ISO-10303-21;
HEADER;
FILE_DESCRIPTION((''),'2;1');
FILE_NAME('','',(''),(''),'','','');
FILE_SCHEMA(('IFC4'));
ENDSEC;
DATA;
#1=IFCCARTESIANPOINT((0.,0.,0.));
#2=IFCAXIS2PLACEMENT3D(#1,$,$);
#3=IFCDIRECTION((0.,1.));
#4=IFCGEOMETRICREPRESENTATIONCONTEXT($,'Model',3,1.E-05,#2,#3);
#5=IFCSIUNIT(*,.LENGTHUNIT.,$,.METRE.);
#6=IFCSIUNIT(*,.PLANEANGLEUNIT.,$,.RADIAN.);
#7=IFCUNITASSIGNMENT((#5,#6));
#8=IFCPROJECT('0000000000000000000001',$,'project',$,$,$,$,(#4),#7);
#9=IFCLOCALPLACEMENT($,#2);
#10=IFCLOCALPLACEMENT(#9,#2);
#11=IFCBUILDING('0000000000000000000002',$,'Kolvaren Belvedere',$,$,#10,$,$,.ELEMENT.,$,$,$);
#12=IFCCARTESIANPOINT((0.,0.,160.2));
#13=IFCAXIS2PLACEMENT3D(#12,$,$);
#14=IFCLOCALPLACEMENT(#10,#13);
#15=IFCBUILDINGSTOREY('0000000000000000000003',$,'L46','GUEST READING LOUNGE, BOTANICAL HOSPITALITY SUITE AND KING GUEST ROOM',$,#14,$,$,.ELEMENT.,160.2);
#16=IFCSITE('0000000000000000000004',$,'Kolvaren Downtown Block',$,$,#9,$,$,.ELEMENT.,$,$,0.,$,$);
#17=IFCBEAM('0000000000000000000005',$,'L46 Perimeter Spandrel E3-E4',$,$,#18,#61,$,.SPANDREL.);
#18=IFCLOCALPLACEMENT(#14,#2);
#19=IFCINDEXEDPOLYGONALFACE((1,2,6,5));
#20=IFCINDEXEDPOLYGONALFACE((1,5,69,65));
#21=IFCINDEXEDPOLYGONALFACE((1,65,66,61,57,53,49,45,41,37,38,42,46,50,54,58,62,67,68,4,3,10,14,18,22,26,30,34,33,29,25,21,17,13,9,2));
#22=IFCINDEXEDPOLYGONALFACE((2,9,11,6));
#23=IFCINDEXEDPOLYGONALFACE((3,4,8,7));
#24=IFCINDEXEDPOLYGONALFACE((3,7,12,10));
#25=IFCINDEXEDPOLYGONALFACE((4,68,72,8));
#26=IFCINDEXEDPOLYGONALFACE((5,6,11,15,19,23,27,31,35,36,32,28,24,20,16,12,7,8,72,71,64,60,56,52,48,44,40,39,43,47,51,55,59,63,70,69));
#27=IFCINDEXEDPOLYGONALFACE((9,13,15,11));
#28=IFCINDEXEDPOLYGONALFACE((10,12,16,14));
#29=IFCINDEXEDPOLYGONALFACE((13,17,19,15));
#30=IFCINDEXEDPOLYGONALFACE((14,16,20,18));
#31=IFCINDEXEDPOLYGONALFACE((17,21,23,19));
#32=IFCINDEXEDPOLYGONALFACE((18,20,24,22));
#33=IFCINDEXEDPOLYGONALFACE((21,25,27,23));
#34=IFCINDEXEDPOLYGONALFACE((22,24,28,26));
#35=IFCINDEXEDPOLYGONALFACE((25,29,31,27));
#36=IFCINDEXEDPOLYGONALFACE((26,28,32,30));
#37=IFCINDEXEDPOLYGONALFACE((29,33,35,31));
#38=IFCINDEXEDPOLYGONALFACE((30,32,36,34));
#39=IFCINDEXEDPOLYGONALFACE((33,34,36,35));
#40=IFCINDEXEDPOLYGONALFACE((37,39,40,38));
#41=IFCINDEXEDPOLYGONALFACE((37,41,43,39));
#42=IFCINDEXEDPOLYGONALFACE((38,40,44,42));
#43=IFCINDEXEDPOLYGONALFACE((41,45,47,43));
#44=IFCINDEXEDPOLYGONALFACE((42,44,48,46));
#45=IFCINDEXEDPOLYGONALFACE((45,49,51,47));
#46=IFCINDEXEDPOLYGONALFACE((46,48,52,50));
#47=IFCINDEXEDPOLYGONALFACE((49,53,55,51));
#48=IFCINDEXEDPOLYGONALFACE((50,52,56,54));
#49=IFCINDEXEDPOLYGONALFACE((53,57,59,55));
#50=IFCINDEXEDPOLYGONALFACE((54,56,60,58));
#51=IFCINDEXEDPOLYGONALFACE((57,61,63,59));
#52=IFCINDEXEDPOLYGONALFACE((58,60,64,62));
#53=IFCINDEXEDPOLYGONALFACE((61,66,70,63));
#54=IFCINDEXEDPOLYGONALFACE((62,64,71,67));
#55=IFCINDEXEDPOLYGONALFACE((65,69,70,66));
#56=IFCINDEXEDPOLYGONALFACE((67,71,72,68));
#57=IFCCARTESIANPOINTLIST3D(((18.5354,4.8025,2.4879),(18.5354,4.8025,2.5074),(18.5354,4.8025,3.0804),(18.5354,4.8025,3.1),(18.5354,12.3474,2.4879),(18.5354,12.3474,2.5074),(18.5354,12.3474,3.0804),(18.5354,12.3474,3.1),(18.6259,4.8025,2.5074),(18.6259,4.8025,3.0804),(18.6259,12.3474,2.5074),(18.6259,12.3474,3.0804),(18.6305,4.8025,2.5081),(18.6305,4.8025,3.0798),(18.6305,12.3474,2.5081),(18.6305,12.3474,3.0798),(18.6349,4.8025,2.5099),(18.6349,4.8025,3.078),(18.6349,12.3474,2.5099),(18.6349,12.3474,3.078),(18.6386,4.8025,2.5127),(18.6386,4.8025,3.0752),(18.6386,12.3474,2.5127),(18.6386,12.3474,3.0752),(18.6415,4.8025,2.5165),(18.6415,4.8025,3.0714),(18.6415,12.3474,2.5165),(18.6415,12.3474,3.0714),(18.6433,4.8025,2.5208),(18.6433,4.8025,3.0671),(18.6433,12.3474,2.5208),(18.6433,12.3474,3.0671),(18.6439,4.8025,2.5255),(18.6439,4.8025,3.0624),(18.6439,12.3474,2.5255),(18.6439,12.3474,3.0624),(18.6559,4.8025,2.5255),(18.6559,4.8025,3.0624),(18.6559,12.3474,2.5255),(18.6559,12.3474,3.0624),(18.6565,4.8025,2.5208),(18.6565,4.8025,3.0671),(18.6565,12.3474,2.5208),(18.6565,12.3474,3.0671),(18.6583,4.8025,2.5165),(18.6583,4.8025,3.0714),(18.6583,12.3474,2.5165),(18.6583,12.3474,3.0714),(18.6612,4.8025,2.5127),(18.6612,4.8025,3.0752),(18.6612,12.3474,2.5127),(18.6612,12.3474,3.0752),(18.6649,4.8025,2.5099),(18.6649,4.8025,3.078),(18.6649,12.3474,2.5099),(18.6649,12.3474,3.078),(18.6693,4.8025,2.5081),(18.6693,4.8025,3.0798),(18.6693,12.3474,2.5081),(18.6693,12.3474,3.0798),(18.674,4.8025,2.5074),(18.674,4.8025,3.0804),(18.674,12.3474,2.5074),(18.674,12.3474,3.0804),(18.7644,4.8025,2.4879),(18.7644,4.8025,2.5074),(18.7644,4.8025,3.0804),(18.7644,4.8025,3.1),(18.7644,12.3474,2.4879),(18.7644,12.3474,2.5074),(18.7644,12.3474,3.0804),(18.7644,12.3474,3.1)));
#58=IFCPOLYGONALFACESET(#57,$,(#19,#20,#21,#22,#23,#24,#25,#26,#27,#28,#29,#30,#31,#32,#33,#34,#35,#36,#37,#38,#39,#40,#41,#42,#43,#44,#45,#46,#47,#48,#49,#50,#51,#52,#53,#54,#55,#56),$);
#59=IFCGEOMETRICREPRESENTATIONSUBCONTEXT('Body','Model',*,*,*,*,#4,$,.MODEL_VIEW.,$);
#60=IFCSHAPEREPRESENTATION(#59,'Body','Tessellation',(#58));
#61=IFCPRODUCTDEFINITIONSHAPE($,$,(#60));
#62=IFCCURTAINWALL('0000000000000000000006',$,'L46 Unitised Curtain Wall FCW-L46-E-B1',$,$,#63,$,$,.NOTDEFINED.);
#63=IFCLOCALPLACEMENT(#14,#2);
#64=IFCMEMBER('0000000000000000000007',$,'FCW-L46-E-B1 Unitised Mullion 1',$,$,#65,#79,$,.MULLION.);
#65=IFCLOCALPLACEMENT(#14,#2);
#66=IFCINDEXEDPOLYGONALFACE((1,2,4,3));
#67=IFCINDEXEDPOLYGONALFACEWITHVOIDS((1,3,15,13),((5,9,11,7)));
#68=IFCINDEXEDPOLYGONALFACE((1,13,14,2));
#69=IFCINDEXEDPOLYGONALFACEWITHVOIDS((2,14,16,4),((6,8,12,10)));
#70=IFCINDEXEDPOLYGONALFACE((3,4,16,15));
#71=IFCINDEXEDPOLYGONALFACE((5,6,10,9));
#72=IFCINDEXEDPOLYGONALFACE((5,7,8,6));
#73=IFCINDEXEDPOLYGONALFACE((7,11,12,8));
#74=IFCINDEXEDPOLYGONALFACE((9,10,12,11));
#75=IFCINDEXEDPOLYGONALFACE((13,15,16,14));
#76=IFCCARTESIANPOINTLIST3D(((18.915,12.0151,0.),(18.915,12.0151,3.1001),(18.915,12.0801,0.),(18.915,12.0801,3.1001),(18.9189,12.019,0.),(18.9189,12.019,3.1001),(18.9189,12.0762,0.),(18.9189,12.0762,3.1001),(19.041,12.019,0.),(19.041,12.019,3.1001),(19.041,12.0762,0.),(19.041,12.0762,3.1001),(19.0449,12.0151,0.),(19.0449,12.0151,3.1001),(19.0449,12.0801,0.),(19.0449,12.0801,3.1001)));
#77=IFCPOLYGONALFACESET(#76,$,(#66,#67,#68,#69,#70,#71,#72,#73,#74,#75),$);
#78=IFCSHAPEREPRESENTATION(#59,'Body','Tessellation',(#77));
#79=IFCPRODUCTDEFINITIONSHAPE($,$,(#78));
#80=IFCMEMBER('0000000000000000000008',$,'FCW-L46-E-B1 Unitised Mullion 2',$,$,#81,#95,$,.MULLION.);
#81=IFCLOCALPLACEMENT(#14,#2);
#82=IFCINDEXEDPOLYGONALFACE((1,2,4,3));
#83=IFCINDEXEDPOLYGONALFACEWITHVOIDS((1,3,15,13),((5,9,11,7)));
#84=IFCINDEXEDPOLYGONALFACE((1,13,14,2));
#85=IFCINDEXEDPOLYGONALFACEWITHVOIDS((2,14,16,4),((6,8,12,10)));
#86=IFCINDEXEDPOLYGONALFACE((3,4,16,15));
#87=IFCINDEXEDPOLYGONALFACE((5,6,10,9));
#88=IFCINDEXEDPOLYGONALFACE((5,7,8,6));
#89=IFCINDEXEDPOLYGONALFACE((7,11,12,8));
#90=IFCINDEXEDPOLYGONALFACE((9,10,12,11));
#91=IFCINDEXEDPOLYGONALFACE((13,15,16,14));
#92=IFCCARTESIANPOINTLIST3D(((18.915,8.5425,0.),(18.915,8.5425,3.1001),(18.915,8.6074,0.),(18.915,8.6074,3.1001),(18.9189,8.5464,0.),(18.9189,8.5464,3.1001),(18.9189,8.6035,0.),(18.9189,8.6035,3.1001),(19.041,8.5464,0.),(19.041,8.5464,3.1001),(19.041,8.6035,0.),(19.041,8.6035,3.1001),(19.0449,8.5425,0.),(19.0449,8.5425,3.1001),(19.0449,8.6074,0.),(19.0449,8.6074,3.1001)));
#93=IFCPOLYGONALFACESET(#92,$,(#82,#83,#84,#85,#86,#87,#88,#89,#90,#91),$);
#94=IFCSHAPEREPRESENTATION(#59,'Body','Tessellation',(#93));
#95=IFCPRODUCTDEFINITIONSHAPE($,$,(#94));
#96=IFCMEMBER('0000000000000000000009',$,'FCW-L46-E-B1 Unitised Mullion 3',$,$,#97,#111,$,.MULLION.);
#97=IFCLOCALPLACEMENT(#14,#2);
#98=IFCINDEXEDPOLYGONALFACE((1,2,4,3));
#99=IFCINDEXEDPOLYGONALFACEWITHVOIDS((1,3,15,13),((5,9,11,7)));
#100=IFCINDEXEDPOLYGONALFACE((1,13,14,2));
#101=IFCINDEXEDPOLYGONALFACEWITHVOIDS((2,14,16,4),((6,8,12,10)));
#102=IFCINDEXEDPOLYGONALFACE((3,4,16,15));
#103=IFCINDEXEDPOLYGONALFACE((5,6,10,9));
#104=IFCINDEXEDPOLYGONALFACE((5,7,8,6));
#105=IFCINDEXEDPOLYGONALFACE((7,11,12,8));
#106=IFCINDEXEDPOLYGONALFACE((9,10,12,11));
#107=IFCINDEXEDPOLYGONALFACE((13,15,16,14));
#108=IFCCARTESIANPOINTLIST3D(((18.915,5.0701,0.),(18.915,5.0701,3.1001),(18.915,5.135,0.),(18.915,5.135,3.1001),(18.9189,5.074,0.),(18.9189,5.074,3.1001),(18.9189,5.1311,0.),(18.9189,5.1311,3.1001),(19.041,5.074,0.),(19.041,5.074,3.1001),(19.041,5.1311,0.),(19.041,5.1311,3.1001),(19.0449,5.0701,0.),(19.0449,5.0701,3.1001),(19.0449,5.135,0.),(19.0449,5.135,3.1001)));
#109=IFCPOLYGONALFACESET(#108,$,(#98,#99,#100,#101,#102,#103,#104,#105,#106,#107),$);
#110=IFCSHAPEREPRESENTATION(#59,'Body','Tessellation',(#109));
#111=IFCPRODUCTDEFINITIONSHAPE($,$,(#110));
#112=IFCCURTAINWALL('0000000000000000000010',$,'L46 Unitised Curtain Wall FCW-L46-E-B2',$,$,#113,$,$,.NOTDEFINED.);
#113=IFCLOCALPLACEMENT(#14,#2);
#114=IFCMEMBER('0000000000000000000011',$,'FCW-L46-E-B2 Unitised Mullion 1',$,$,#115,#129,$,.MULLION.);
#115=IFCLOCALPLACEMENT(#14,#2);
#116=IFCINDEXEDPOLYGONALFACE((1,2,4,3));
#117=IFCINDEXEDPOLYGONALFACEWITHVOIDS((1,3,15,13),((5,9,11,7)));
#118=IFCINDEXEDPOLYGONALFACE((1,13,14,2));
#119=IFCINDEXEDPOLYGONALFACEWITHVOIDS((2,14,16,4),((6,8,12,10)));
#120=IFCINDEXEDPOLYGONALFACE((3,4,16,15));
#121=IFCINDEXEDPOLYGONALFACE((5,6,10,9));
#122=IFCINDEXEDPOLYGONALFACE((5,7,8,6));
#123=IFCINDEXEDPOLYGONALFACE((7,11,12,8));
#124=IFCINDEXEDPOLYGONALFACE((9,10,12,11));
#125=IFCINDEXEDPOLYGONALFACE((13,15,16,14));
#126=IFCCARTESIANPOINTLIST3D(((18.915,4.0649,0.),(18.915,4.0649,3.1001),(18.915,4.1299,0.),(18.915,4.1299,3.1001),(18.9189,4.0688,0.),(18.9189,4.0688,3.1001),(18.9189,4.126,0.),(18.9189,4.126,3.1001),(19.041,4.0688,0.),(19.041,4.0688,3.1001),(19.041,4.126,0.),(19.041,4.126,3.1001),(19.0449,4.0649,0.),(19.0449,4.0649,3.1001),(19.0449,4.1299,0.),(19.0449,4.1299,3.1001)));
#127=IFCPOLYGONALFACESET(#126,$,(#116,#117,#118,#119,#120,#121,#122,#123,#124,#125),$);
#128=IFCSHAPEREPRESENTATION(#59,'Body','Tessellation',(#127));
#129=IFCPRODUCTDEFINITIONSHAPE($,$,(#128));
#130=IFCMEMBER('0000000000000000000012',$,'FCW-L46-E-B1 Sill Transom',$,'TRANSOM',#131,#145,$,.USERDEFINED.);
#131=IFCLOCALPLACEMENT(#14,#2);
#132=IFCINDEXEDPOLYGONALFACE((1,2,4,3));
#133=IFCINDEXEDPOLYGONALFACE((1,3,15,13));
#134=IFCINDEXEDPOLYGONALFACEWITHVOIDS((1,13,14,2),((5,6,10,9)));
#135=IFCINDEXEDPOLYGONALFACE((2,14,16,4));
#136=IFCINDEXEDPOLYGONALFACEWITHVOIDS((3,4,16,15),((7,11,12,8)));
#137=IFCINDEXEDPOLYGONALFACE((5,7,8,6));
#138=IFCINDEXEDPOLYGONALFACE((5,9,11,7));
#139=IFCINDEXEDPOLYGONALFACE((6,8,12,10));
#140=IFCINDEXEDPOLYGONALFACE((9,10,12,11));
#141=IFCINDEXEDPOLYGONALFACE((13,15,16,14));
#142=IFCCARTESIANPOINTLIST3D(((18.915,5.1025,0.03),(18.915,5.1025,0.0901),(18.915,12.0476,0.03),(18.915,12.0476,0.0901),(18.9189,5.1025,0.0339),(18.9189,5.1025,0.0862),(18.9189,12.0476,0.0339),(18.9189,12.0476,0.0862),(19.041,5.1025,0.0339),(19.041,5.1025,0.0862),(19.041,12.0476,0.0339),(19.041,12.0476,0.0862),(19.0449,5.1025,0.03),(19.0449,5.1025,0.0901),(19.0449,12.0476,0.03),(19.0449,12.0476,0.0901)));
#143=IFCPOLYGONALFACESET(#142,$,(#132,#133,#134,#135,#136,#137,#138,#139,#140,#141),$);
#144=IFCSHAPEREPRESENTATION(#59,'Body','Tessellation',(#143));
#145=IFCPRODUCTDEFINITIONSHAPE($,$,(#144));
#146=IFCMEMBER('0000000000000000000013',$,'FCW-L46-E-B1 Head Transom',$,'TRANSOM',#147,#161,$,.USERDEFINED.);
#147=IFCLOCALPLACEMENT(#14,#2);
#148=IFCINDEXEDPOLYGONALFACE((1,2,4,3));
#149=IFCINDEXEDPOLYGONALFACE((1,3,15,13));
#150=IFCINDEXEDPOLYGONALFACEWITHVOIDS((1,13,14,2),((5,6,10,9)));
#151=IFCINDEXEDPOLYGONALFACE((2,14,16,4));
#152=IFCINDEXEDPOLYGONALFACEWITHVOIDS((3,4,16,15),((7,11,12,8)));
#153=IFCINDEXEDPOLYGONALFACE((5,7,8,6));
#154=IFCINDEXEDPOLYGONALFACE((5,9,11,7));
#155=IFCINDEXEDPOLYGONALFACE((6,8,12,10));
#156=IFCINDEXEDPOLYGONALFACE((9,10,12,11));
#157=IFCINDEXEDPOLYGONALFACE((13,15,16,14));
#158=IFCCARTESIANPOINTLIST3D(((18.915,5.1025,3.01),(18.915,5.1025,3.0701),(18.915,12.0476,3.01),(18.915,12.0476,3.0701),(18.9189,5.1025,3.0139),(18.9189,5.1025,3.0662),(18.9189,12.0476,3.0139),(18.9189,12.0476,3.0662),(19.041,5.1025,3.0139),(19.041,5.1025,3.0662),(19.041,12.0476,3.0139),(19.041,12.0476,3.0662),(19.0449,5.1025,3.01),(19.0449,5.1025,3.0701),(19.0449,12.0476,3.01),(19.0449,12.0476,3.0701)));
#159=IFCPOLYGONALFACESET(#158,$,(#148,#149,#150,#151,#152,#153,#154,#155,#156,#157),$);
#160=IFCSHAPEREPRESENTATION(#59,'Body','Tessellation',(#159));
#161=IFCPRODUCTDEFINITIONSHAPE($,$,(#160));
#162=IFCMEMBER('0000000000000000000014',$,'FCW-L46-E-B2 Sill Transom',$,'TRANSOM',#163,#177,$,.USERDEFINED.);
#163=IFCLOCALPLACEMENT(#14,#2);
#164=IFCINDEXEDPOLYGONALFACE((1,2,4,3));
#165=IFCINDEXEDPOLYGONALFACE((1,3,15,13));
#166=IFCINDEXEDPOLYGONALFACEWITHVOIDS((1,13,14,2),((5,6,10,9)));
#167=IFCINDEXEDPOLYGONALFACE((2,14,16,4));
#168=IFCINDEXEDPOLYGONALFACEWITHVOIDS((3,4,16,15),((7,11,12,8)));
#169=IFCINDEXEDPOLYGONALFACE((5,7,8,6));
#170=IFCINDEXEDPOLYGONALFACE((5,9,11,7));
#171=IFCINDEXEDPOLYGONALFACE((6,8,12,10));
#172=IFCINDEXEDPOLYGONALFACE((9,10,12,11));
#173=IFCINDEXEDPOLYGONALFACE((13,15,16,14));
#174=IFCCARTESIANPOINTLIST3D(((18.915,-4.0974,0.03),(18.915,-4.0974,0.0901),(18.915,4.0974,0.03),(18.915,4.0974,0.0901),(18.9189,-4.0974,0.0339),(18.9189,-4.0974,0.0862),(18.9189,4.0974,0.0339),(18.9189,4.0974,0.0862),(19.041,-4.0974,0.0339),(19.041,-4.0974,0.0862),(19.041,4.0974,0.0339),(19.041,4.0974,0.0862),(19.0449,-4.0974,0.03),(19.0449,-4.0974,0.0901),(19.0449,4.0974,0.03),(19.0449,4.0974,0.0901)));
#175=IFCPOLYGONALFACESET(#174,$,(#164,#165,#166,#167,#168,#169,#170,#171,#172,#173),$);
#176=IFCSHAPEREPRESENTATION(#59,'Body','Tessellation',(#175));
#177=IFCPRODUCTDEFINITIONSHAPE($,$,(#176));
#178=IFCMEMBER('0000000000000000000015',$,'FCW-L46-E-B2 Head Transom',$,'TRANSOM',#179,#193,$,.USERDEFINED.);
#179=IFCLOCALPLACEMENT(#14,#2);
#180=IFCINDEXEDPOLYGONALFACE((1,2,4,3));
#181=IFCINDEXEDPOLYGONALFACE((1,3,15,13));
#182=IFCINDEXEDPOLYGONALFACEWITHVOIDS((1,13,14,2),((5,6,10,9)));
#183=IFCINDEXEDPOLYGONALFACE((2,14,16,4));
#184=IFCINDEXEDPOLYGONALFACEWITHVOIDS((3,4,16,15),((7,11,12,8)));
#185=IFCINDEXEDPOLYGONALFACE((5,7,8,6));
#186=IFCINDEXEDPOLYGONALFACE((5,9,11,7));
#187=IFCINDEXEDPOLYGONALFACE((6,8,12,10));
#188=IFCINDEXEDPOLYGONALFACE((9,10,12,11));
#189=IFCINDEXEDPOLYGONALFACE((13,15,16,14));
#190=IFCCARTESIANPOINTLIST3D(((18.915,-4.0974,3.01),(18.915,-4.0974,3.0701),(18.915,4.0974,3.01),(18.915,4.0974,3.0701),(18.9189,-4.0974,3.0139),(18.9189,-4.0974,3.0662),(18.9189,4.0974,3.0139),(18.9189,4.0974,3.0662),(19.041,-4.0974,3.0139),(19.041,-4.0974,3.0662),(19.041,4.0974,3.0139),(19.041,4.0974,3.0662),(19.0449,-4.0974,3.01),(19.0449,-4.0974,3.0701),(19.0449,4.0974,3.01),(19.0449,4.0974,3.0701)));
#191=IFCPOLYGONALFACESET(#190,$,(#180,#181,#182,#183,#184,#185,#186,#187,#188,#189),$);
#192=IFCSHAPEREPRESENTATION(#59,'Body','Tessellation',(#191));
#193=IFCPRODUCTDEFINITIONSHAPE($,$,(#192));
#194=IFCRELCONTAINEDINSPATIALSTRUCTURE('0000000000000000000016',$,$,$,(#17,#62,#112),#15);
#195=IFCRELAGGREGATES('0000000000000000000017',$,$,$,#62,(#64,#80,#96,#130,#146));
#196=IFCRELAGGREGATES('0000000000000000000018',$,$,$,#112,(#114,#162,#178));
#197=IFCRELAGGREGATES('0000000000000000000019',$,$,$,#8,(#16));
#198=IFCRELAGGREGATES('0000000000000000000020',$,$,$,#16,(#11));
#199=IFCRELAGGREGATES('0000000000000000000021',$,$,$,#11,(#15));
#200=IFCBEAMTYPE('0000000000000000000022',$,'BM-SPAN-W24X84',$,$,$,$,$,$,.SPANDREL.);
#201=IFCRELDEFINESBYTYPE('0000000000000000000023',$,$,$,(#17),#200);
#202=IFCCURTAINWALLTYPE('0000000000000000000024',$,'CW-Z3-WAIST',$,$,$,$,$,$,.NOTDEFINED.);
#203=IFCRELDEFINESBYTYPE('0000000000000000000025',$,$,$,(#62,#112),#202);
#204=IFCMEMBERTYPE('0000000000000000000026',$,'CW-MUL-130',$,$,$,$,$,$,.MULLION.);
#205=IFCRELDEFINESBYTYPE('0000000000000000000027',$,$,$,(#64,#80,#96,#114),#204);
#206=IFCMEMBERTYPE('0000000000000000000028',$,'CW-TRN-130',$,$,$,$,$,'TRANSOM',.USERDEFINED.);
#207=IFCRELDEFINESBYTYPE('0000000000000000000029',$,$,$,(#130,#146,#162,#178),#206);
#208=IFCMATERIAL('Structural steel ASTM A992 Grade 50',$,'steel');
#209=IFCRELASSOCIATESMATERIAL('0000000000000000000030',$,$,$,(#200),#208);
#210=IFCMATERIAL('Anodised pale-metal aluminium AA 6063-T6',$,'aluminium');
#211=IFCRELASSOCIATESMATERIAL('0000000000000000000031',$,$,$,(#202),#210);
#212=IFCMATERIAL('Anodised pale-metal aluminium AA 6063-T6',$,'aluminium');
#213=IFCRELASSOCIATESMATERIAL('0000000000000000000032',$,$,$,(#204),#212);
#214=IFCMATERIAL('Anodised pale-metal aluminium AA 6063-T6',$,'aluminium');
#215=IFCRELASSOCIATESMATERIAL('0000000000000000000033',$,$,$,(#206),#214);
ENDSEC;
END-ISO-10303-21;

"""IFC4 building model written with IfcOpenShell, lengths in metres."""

from ifc_helpers import new_model, si_unit, direction, frame, origin, origin_2d, place, context, subcontext, project, spatial, hollow_rectangle, i_section, extrude, material, material_profile, profile_set, type_object, element, aggregate, save


model = new_model("IFC4")

# Units and contexts
model_context = context("Model", 3, precision=1e-05, world=origin(), true_north=direction((0.0, 1.0)))
body_context = subcontext(model_context, "Body", "Model", "MODEL_VIEW")
ifc_project = project(units=[si_unit("LENGTHUNIT", "METRE"), si_unit("PLANEANGLEUNIT", "RADIAN")], contexts=[model_context])

# Site, building, storey
site_placement = place(None, origin())
site = spatial("IfcSite", under=ifc_project, at=site_placement, Name="Kolvaren Downtown Block", CompositionType="ELEMENT", RefElevation=0.0)
building_placement = place(site_placement, origin())
building = spatial("IfcBuilding", under=site, at=building_placement, Name="Kolvaren Belvedere", CompositionType="ELEMENT")
storey_placement = place(building_placement, frame((0.0, 0.0, 160.2)))
storey = spatial("IfcBuildingStorey", under=building, at=storey_placement, Name="L46", Description="GUEST READING LOUNGE, BOTANICAL HOSPITALITY SUITE AND KING GUEST ROOM", CompositionType="ELEMENT", Elevation=160.2)

# Beam
ifc_material_1 = material(Name="Structural steel ASTM A992 Grade 50", Category="steel")
ifc_material_profile_1 = material_profile(ifc_material_1, i_section(OverallWidth=0.229, OverallDepth=0.6121, WebThickness=0.012, FlangeThickness=0.0195, FilletRadius=0.0181, at=origin_2d()), Name="W24X84")
ifc_profile_set_1 = profile_set([ifc_material_profile_1], Name="Structural steel ASTM A992 Grade 50")
beam_type_1 = type_object("IfcBeamType", Name="BM-SPAN-W24X84", PredefinedType="SPANDREL", material=ifc_profile_set_1)
beam_1_placement = place(storey_placement, frame((18.6499, 4.8025, 2.7939), z_axis=(0.0, 1.0, 0.0), x_axis=(-1.0, 0.0, 0.0)))
element("IfcBeam", 1, at=beam_1_placement, inside=storey, type_object=beam_type_1, Name="L46 Perimeter Spandrel E3-E4", PredefinedType="SPANDREL", context=body_context, shape_type="SweptSolid", body=[
    extrude(i_section(OverallWidth=0.229, OverallDepth=0.6121, WebThickness=0.012, FlangeThickness=0.0195, FilletRadius=0.0181, at=origin_2d()), origin(), (0.0, 0.0, 1.0), 7.5449),
])

# Curtain wall, members
ifc_material_2 = material(Name="Anodised pale-metal aluminium AA 6063-T6", Category="aluminium")
curtain_wall_type = type_object("IfcCurtainWallType", Name="CW-Z3-WAIST", PredefinedType="NOTDEFINED", material=ifc_material_2)
curtain_wall_1_placement = place(storey_placement, origin())
curtain_wall_1 = element("IfcCurtainWall", 2, at=curtain_wall_1_placement, inside=storey, type_object=curtain_wall_type, Name="L46 Unitised Curtain Wall FCW-L46-E-B1", PredefinedType="NOTDEFINED")
ifc_material_3 = material(Name="Anodised pale-metal aluminium AA 6063-T6", Category="aluminium")
ifc_material_profile_2 = material_profile(ifc_material_3, hollow_rectangle(XDim=0.0649, YDim=0.1299, WallThickness=0.0039, at=origin_2d()), Name="ALU-MUL-130X65")
ifc_profile_set_2 = profile_set([ifc_material_profile_2], Name="Anodised pale-metal aluminium AA 6063-T6")
member_type_1 = type_object("IfcMemberType", Name="CW-MUL-130", PredefinedType="MULLION", material=ifc_profile_set_2)
member_1_placement = place(storey_placement, frame((18.98, 12.0476, 0.0), z_axis=(0.0, 0.0, 1.0), x_axis=(0.0, 1.0, 0.0)))
member_1 = element("IfcMember", 3, at=member_1_placement, type_object=member_type_1, Name="FCW-L46-E-B1 Unitised Mullion 1", PredefinedType="MULLION", context=body_context, shape_type="SweptSolid", body=[
    extrude(hollow_rectangle(XDim=0.0649, YDim=0.1299, WallThickness=0.0039, at=origin_2d()), origin(), (0.0, 0.0, 1.0), 3.1001),
])
member_2_placement = place(storey_placement, frame((18.98, 8.575, 0.0), z_axis=(0.0, 0.0, 1.0), x_axis=(0.0, 1.0, 0.0)))
member_2 = element("IfcMember", 4, at=member_2_placement, type_object=member_type_1, Name="FCW-L46-E-B1 Unitised Mullion 2", PredefinedType="MULLION", context=body_context, shape_type="SweptSolid", body=[
    extrude(hollow_rectangle(XDim=0.0649, YDim=0.1299, WallThickness=0.0039, at=origin_2d()), origin(), (0.0, 0.0, 1.0), 3.1001),
])
member_3_placement = place(storey_placement, frame((18.98, 5.1025, 0.0), z_axis=(0.0, 0.0, 1.0), x_axis=(0.0, 1.0, 0.0)))
member_3 = element("IfcMember", 5, at=member_3_placement, type_object=member_type_1, Name="FCW-L46-E-B1 Unitised Mullion 3", PredefinedType="MULLION", context=body_context, shape_type="SweptSolid", body=[
    extrude(hollow_rectangle(XDim=0.0649, YDim=0.1299, WallThickness=0.0039, at=origin_2d()), origin(), (0.0, 0.0, 1.0), 3.1001),
])

# Curtain wall, member
curtain_wall_2_placement = place(storey_placement, origin())
curtain_wall_2 = element("IfcCurtainWall", 6, at=curtain_wall_2_placement, inside=storey, type_object=curtain_wall_type, Name="L46 Unitised Curtain Wall FCW-L46-E-B2", PredefinedType="NOTDEFINED")
member_4_placement = place(storey_placement, frame((18.98, 4.0974, 0.0), z_axis=(0.0, 0.0, 1.0), x_axis=(0.0, 1.0, 0.0)))
member_4 = element("IfcMember", 7, at=member_4_placement, type_object=member_type_1, Name="FCW-L46-E-B2 Unitised Mullion 1", PredefinedType="MULLION", context=body_context, shape_type="SweptSolid", body=[
    extrude(hollow_rectangle(XDim=0.0649, YDim=0.1299, WallThickness=0.0039, at=origin_2d()), origin(), (0.0, 0.0, 1.0), 3.1001),
])

# Members
ifc_material_4 = material(Name="Anodised pale-metal aluminium AA 6063-T6", Category="aluminium")
ifc_material_profile_3 = material_profile(ifc_material_4, hollow_rectangle(XDim=0.0601, YDim=0.1299, WallThickness=0.0039, at=origin_2d()), Name="ALU-TRN-130X60")
ifc_profile_set_3 = profile_set([ifc_material_profile_3], Name="Anodised pale-metal aluminium AA 6063-T6")
member_type_2 = type_object("IfcMemberType", Name="CW-TRN-130", ElementType="TRANSOM", PredefinedType="USERDEFINED", material=ifc_profile_set_3)
member_5_placement = place(storey_placement, frame((18.98, 12.0476, 0.0601), z_axis=(0.0, -1.0, 0.0), x_axis=(0.0, 0.0, 1.0)))
member_5 = element("IfcMember", 8, at=member_5_placement, type_object=member_type_2, Name="FCW-L46-E-B1 Sill Transom", ObjectType="TRANSOM", PredefinedType="USERDEFINED", context=body_context, shape_type="SweptSolid", body=[
    extrude(hollow_rectangle(XDim=0.0601, YDim=0.1299, WallThickness=0.0039, at=origin_2d()), origin(), (0.0, 0.0, 1.0), 6.9451),
])
member_6_placement = place(storey_placement, frame((18.98, 12.0476, 3.04), z_axis=(0.0, -1.0, 0.0), x_axis=(0.0, 0.0, 1.0)))
member_6 = element("IfcMember", 9, at=member_6_placement, type_object=member_type_2, Name="FCW-L46-E-B1 Head Transom", ObjectType="TRANSOM", PredefinedType="USERDEFINED", context=body_context, shape_type="SweptSolid", body=[
    extrude(hollow_rectangle(XDim=0.0601, YDim=0.1299, WallThickness=0.0039, at=origin_2d()), origin(), (0.0, 0.0, 1.0), 6.9451),
])
member_7_placement = place(storey_placement, frame((18.98, 4.0974, 0.0601), z_axis=(0.0, -1.0, 0.0), x_axis=(0.0, 0.0, 1.0)))
member_7 = element("IfcMember", 10, at=member_7_placement, type_object=member_type_2, Name="FCW-L46-E-B2 Sill Transom", ObjectType="TRANSOM", PredefinedType="USERDEFINED", context=body_context, shape_type="SweptSolid", body=[
    extrude(hollow_rectangle(XDim=0.0601, YDim=0.1299, WallThickness=0.0039, at=origin_2d()), origin(), (0.0, 0.0, 1.0), 8.1948),
])
member_8_placement = place(storey_placement, frame((18.98, 4.0974, 3.04), z_axis=(0.0, -1.0, 0.0), x_axis=(0.0, 0.0, 1.0)))
member_8 = element("IfcMember", 11, at=member_8_placement, type_object=member_type_2, Name="FCW-L46-E-B2 Head Transom", ObjectType="TRANSOM", PredefinedType="USERDEFINED", context=body_context, shape_type="SweptSolid", body=[
    extrude(hollow_rectangle(XDim=0.0601, YDim=0.1299, WallThickness=0.0039, at=origin_2d()), origin(), (0.0, 0.0, 1.0), 8.1948),
])

aggregate(curtain_wall_1, [member_1, member_2, member_3, member_5, member_6])
aggregate(curtain_wall_2, [member_4, member_7, member_8])

save(model, "model.ifc")
